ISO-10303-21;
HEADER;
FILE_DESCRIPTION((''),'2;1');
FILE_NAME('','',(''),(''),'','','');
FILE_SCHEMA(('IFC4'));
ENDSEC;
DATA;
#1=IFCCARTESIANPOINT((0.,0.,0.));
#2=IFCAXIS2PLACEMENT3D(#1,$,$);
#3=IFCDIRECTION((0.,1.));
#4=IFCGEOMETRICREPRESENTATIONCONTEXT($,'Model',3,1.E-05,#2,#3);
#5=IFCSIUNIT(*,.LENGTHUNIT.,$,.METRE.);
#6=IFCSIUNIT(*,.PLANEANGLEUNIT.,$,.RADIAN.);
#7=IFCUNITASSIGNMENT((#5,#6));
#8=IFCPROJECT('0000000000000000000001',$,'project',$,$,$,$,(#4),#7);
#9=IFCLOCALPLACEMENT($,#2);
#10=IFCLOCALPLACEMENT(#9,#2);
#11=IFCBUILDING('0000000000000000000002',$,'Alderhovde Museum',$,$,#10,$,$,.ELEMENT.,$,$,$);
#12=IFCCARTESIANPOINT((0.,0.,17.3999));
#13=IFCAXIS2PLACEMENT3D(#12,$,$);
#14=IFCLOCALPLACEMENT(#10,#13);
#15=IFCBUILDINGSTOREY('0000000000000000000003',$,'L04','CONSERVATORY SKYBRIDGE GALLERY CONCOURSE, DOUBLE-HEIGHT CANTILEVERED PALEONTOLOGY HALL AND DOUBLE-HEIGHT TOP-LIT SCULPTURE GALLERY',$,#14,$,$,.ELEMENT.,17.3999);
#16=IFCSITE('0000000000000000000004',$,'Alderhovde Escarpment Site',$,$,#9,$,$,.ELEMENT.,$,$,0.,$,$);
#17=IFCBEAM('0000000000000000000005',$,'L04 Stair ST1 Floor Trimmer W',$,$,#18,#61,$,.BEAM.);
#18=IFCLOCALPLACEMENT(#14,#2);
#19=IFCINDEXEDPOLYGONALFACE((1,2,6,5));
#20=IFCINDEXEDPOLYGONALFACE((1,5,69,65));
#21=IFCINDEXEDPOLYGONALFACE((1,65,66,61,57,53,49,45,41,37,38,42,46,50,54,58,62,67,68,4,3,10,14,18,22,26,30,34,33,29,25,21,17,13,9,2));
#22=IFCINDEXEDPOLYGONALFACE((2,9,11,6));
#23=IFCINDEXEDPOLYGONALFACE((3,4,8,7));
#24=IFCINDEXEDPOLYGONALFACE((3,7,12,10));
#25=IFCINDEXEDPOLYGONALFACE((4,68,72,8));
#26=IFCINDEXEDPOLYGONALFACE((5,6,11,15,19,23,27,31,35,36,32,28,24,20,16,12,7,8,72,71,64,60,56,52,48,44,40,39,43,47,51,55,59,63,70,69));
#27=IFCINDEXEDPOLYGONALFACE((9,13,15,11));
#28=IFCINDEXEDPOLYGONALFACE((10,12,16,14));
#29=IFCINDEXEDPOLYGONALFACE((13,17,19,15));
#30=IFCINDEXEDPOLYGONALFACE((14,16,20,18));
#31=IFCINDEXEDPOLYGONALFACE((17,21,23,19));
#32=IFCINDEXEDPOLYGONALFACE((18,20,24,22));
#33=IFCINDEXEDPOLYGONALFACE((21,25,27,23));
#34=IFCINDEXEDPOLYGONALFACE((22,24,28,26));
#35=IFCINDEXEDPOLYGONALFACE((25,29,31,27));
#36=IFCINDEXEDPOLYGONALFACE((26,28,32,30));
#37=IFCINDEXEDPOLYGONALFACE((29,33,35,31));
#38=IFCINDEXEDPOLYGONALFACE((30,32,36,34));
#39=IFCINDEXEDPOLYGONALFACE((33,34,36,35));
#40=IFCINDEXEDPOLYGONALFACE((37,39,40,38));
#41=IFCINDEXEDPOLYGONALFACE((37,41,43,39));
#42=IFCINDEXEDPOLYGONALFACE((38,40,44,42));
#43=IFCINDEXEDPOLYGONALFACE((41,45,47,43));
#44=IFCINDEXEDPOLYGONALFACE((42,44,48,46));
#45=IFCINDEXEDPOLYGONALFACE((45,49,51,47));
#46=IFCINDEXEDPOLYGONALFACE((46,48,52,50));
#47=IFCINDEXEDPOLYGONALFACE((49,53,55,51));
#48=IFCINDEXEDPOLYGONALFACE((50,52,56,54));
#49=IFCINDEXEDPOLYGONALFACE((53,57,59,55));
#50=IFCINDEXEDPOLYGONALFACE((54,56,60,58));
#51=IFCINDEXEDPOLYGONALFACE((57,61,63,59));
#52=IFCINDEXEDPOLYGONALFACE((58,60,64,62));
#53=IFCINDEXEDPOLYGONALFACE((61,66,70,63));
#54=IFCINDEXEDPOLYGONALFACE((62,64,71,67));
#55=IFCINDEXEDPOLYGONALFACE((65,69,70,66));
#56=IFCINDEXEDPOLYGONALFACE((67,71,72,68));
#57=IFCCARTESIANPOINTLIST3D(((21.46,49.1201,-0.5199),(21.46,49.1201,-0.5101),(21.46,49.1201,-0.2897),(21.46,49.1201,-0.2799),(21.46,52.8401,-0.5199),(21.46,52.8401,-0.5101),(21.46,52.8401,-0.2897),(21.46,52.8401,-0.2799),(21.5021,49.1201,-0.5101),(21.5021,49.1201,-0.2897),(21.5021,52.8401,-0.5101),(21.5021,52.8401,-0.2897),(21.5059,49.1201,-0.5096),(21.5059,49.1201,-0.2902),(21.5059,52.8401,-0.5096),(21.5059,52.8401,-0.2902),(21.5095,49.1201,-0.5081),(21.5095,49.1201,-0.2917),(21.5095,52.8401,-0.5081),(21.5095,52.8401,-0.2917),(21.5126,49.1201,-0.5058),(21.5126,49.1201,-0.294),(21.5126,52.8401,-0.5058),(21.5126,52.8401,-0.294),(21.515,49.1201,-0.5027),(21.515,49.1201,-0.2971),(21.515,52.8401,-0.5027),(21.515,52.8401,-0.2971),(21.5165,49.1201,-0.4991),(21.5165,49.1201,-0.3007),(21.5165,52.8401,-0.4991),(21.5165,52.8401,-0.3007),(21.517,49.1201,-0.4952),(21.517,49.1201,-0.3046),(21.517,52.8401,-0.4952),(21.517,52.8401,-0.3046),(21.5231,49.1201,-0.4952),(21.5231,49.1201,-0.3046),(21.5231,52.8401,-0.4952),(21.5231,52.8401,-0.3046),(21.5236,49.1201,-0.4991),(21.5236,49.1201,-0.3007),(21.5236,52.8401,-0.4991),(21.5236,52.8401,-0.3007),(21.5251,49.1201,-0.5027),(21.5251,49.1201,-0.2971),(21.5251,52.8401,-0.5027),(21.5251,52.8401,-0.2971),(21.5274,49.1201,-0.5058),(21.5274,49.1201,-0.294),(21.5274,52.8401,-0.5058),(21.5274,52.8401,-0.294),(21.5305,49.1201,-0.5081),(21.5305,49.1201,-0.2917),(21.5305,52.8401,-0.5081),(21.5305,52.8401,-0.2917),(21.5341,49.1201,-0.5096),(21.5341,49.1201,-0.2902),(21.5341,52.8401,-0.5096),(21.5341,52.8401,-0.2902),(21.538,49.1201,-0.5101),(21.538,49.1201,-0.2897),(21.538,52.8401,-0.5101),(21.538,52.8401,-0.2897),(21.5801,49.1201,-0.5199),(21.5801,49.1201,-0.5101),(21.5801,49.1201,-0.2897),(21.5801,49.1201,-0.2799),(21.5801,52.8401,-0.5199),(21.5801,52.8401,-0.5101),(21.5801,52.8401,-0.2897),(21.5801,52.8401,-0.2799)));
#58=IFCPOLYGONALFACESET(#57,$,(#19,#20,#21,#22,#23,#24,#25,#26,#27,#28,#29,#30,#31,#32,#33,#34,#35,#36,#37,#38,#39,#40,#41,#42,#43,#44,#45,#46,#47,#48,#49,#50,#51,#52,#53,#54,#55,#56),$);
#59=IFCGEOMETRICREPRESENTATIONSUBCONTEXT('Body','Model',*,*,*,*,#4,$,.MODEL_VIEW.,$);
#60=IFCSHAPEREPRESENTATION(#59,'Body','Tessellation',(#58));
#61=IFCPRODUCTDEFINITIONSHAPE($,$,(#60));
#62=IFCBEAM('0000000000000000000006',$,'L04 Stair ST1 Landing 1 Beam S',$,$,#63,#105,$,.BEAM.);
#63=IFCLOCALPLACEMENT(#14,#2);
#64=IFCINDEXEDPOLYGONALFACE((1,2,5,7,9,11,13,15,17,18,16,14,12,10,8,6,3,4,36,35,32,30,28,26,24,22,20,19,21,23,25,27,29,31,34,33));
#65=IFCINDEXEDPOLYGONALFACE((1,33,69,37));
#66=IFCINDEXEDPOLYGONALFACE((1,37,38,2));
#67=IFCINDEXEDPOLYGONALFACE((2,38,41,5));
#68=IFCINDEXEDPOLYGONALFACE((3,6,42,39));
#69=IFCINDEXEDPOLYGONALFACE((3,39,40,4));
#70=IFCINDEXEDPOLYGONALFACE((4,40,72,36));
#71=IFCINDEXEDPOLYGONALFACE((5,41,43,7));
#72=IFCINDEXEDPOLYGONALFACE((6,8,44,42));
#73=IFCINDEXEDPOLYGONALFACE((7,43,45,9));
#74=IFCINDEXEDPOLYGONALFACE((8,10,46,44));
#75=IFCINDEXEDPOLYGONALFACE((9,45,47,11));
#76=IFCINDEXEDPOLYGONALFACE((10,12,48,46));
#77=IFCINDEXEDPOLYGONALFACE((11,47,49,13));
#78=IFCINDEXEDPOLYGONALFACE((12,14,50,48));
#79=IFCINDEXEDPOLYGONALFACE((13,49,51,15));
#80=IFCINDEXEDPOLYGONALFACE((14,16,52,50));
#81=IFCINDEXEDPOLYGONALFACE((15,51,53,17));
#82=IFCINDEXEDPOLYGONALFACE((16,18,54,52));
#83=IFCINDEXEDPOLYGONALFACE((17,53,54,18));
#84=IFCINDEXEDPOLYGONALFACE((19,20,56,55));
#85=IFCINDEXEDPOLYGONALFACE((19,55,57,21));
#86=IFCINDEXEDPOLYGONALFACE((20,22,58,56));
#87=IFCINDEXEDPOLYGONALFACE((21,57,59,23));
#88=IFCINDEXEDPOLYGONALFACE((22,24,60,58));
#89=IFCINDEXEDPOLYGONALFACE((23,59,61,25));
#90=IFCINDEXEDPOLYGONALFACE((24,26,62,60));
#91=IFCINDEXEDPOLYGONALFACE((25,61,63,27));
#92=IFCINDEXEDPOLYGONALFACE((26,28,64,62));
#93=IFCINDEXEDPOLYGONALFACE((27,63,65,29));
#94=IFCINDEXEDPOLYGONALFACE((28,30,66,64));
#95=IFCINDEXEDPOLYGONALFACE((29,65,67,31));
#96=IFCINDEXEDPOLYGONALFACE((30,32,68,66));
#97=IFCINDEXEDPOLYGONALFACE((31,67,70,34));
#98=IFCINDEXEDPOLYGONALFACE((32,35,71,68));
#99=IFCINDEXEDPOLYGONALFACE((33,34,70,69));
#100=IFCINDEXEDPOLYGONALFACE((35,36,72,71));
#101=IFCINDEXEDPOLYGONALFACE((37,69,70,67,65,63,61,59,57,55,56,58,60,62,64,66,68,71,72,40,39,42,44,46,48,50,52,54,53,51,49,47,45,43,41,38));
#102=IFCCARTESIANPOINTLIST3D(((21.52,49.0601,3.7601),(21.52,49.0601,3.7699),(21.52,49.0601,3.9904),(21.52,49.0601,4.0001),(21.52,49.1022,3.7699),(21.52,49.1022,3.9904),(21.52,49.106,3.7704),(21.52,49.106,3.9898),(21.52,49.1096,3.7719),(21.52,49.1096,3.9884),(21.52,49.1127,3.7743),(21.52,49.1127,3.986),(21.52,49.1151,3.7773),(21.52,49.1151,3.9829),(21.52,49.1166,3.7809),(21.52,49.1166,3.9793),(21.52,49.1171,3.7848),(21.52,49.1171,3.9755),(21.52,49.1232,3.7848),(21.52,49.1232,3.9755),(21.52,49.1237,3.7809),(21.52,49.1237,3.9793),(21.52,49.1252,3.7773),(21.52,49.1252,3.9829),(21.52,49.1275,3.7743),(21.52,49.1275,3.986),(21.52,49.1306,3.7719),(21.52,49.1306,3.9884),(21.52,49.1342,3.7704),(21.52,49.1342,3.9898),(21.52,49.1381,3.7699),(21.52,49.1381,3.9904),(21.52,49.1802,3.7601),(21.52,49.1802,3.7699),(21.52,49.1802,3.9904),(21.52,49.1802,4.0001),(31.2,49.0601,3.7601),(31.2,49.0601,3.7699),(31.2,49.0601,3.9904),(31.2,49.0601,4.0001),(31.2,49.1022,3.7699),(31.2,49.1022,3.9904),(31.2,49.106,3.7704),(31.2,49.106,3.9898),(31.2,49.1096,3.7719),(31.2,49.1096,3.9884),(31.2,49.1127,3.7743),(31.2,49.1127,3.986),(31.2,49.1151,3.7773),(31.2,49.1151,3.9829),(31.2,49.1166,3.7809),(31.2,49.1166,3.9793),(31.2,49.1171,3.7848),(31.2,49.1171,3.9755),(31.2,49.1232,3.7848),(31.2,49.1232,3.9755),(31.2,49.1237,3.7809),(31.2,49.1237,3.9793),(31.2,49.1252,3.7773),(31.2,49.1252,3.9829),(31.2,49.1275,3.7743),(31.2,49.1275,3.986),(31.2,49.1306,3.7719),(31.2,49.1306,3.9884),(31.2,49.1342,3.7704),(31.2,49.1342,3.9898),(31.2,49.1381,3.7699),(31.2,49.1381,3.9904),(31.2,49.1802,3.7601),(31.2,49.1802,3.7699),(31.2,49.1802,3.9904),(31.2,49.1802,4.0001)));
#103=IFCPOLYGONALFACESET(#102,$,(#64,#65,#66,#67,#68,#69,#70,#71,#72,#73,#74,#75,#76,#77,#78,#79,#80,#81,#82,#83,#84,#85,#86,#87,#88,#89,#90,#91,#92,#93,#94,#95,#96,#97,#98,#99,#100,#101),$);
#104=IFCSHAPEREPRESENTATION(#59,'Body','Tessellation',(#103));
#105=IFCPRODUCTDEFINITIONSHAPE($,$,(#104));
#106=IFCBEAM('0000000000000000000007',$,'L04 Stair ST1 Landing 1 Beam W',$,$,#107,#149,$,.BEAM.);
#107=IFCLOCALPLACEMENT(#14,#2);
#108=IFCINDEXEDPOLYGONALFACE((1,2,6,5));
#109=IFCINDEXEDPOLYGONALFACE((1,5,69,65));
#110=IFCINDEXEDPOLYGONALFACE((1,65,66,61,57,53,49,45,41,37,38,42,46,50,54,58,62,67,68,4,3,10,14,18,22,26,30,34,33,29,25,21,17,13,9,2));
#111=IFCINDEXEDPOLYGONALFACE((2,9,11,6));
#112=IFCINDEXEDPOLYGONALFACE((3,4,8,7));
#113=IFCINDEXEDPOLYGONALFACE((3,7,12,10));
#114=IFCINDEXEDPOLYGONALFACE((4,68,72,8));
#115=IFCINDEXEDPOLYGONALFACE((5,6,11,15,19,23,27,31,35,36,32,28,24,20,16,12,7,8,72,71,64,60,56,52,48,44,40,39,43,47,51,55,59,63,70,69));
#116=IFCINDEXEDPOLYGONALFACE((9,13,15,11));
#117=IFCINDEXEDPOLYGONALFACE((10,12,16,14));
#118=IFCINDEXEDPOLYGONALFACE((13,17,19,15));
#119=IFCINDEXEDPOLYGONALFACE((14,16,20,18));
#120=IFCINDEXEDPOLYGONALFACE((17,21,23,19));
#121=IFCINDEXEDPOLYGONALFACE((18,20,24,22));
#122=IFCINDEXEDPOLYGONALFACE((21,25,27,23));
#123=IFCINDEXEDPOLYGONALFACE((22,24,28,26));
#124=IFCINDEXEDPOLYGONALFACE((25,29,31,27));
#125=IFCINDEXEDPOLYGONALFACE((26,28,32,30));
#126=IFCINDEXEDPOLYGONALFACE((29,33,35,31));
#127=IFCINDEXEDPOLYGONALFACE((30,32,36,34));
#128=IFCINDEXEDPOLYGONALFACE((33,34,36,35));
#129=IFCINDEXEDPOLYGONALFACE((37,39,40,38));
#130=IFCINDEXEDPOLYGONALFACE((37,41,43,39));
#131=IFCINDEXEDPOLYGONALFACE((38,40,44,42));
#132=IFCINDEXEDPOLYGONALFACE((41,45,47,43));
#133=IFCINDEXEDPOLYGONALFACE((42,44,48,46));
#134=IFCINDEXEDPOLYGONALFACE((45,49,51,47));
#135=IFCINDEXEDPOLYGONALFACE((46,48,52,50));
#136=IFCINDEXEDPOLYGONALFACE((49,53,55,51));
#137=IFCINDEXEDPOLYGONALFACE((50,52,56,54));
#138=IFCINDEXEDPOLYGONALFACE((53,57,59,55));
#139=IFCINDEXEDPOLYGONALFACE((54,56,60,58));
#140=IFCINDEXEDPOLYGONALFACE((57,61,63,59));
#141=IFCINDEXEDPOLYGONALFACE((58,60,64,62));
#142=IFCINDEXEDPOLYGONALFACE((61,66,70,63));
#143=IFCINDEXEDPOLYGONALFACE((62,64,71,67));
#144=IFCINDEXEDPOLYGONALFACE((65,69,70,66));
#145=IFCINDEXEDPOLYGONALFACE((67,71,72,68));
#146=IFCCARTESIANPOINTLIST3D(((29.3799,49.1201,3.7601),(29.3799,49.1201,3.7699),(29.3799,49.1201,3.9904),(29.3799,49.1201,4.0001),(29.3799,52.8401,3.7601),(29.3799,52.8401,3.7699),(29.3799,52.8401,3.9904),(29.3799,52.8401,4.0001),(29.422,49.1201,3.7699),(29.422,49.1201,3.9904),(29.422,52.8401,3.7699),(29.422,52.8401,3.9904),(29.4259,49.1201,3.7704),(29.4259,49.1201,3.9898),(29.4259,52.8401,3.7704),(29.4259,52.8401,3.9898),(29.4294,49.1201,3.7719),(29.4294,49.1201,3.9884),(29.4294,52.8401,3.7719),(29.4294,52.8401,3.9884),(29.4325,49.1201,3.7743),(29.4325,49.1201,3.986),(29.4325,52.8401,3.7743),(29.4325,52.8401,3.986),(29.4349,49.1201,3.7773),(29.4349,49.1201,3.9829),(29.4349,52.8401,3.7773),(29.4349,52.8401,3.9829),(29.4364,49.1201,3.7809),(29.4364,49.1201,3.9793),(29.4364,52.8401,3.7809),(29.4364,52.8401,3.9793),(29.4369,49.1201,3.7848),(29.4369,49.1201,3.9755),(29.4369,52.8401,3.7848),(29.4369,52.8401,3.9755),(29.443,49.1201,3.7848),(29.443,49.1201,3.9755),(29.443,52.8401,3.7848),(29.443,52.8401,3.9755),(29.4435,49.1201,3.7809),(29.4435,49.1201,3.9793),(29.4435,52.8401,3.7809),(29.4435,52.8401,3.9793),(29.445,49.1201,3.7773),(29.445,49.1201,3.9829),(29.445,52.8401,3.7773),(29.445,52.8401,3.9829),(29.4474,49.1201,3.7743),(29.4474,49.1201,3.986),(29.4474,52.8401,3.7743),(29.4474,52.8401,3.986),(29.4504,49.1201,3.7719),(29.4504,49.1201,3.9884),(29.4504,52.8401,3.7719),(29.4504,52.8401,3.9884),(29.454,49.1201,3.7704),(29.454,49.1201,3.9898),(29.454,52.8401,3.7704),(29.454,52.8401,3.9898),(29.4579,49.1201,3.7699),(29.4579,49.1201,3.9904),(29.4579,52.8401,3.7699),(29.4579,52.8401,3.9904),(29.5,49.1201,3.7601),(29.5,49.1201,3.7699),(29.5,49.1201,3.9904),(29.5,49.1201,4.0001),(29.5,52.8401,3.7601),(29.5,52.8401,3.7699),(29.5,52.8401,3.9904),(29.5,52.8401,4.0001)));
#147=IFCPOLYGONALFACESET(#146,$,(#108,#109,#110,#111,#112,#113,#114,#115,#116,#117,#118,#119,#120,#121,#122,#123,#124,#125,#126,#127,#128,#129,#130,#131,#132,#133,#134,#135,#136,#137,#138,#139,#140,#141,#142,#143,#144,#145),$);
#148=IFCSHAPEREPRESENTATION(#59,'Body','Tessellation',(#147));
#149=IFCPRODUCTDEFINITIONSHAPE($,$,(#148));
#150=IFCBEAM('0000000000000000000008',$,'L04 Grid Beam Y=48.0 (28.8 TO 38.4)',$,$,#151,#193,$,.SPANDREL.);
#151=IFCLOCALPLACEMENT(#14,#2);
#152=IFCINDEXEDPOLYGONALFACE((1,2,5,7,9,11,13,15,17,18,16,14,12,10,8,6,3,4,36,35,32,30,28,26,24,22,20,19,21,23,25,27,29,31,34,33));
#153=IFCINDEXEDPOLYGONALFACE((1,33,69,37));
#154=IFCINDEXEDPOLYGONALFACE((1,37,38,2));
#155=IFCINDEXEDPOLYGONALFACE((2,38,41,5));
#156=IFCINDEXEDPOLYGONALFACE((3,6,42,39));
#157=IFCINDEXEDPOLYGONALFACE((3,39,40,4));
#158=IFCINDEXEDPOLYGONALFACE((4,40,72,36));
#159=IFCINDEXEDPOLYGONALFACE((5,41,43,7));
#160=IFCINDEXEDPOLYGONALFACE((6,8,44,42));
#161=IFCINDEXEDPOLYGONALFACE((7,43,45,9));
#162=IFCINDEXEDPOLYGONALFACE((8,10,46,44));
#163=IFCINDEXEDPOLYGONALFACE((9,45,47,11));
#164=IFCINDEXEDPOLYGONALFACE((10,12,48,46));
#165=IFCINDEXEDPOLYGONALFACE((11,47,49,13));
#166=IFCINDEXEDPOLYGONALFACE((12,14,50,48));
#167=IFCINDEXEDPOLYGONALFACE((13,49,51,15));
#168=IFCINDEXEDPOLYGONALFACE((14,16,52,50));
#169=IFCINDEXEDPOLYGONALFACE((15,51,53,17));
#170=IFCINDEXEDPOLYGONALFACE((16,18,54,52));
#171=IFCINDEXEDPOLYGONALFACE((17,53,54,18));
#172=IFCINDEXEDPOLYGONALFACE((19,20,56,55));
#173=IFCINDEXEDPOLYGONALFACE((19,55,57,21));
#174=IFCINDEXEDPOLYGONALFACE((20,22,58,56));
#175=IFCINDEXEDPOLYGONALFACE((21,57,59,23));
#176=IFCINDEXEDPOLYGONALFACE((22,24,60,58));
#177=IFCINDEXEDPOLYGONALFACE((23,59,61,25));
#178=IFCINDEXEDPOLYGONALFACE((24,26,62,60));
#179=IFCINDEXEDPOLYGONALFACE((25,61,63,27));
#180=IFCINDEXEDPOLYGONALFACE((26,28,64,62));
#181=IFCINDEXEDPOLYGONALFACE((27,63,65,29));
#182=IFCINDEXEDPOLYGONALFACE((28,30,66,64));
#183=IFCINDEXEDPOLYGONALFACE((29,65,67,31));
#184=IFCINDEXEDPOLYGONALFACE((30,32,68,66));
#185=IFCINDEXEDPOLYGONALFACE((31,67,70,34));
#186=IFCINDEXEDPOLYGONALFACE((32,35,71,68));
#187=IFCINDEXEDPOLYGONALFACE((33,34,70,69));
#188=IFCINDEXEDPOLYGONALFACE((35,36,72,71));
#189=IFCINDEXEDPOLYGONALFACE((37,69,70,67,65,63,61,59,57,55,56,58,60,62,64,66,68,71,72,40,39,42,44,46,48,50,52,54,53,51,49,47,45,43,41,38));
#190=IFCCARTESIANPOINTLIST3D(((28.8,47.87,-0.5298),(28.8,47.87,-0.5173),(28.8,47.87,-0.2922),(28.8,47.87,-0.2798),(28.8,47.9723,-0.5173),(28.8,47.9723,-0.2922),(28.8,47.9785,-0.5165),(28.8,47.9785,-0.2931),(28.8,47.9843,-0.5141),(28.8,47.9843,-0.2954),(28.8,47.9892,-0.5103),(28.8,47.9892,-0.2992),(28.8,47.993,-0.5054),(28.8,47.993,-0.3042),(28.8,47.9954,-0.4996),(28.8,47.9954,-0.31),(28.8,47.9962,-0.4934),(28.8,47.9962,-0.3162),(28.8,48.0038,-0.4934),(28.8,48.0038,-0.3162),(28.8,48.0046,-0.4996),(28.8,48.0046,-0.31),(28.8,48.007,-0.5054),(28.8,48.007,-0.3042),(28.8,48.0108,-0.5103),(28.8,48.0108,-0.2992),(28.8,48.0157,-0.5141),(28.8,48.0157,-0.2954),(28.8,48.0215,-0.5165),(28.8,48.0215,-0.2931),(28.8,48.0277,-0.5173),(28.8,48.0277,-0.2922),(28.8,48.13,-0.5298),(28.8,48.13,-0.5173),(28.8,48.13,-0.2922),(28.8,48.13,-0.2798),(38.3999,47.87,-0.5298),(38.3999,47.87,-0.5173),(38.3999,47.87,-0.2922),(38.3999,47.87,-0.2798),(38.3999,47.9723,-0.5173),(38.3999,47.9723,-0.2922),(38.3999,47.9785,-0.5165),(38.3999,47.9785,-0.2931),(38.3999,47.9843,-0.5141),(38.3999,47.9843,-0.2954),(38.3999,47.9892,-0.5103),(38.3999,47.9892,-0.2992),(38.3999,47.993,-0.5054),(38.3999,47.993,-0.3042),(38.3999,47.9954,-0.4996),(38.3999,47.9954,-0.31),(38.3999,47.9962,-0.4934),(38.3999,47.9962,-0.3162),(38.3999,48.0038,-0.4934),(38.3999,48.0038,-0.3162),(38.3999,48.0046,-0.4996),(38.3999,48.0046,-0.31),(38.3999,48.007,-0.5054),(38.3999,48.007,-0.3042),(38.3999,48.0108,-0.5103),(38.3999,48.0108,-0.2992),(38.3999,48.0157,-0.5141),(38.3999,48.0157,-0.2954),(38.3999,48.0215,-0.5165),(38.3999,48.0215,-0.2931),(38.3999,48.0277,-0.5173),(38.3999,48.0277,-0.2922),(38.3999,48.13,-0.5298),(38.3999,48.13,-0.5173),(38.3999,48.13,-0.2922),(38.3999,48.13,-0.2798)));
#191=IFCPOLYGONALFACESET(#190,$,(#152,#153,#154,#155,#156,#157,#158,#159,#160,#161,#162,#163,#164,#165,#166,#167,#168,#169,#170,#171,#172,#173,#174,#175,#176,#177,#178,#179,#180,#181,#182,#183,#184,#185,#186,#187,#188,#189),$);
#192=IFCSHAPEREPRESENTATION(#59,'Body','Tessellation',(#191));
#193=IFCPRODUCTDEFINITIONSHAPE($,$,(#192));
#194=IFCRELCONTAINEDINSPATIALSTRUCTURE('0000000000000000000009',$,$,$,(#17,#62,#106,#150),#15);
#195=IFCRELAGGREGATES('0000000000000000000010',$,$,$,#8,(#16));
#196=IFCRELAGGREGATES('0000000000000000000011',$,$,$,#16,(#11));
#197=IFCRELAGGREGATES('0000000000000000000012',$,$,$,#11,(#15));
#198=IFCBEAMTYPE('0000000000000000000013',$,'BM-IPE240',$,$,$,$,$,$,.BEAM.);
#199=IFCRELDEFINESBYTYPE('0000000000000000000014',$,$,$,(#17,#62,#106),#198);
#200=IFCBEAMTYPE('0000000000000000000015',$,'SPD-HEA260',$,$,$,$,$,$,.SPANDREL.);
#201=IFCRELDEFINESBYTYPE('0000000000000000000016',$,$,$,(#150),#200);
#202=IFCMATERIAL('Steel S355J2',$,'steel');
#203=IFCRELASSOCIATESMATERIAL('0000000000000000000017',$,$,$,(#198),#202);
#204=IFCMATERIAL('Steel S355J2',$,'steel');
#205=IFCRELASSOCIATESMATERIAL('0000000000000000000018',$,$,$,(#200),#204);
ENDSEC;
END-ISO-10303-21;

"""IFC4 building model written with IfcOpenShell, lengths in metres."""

from ifc_helpers import new_model, si_unit, direction, frame, origin, origin_2d, place, context, subcontext, project, spatial, i_section, extrude, material, material_profile, profile_set, type_object, element, save


model = new_model("IFC4")

# Units and contexts
model_context = context("Model", 3, precision=1e-05, world=origin(), true_north=direction((0.0, 1.0)))
body_context = subcontext(model_context, "Body", "Model", "MODEL_VIEW")
ifc_project = project(units=[si_unit("LENGTHUNIT", "METRE"), si_unit("PLANEANGLEUNIT", "RADIAN")], contexts=[model_context])

# Site, building, storey
site_placement = place(None, origin())
site = spatial("IfcSite", under=ifc_project, at=site_placement, Name="Alderhovde Escarpment Site", CompositionType="ELEMENT", RefElevation=0.0)
building_placement = place(site_placement, origin())
building = spatial("IfcBuilding", under=site, at=building_placement, Name="Alderhovde Museum", CompositionType="ELEMENT")
storey_placement = place(building_placement, frame((0.0, 0.0, 17.3999)))
storey = spatial("IfcBuildingStorey", under=building, at=storey_placement, Name="L04", Description="CONSERVATORY SKYBRIDGE GALLERY CONCOURSE, DOUBLE-HEIGHT CANTILEVERED PALEONTOLOGY HALL AND DOUBLE-HEIGHT TOP-LIT SCULPTURE GALLERY", CompositionType="ELEMENT", Elevation=17.3999)

# Beams
ifc_material_1 = material(Name="Steel S355J2", Category="steel")
ifc_material_profile_1 = material_profile(ifc_material_1, i_section(OverallWidth=0.1201, OverallDepth=0.24, WebThickness=0.0061, FlangeThickness=0.0098, FilletRadius=0.0149, at=origin_2d()), Name="IPE 240")
ifc_profile_set_1 = profile_set([ifc_material_profile_1], Name="Steel S355J2")
beam_type_1 = type_object("IfcBeamType", Name="BM-IPE240", PredefinedType="BEAM", material=ifc_profile_set_1)
beam_1_placement = place(storey_placement, frame((21.52, 49.1201, -0.3999), z_axis=(0.0, 1.0, 0.0), x_axis=(-1.0, 0.0, 0.0)))
element("IfcBeam", 1, at=beam_1_placement, inside=storey, type_object=beam_type_1, Name="L04 Stair ST1 Floor Trimmer W", PredefinedType="BEAM", context=body_context, shape_type="SweptSolid", body=[
    extrude(i_section(OverallWidth=0.1201, OverallDepth=0.24, WebThickness=0.0061, FlangeThickness=0.0098, FilletRadius=0.0149, at=origin_2d()), origin(), (0.0, 0.0, 1.0), 3.72),
])
beam_2_placement = place(storey_placement, frame((21.52, 49.1201, 3.8801), z_axis=(1.0, 0.0, 0.0), x_axis=(0.0, 1.0, 0.0)))
element("IfcBeam", 2, at=beam_2_placement, inside=storey, type_object=beam_type_1, Name="L04 Stair ST1 Landing 1 Beam S", PredefinedType="BEAM", context=body_context, shape_type="SweptSolid", body=[
    extrude(i_section(OverallWidth=0.1201, OverallDepth=0.24, WebThickness=0.0061, FlangeThickness=0.0098, FilletRadius=0.0149, at=origin_2d()), origin(), (0.0, 0.0, 1.0), 9.6799),
])
beam_3_placement = place(storey_placement, frame((29.4399, 49.1201, 3.8801), z_axis=(0.0, 1.0, 0.0), x_axis=(-1.0, 0.0, 0.0)))
element("IfcBeam", 3, at=beam_3_placement, inside=storey, type_object=beam_type_1, Name="L04 Stair ST1 Landing 1 Beam W", PredefinedType="BEAM", context=body_context, shape_type="SweptSolid", body=[
    extrude(i_section(OverallWidth=0.1201, OverallDepth=0.24, WebThickness=0.0061, FlangeThickness=0.0098, FilletRadius=0.0149, at=origin_2d()), origin(), (0.0, 0.0, 1.0), 3.72),
])
ifc_material_2 = material(Name="Steel S355J2", Category="steel")
ifc_material_profile_2 = material_profile(ifc_material_2, i_section(OverallWidth=0.26, OverallDepth=0.25, WebThickness=0.0076, FlangeThickness=0.0125, FilletRadius=0.0239, at=origin_2d()), Name="HEA 260")
ifc_profile_set_2 = profile_set([ifc_material_profile_2], Name="Steel S355J2")
beam_type_2 = type_object("IfcBeamType", Name="SPD-HEA260", PredefinedType="SPANDREL", material=ifc_profile_set_2)
beam_4_placement = place(storey_placement, frame((28.8, 48.0, -0.4048), z_axis=(1.0, 0.0, 0.0), x_axis=(0.0, 1.0, 0.0)))
element("IfcBeam", 4, at=beam_4_placement, inside=storey, type_object=beam_type_2, Name="L04 Grid Beam Y=48.0 (28.8 TO 38.4)", PredefinedType="SPANDREL", context=body_context, shape_type="SweptSolid", body=[
    extrude(i_section(OverallWidth=0.26, OverallDepth=0.25, WebThickness=0.0076, FlangeThickness=0.0125, FilletRadius=0.0239, at=origin_2d()), origin(), (0.0, 0.0, 1.0), 9.5999),
])

save(model, "model.ifc")
